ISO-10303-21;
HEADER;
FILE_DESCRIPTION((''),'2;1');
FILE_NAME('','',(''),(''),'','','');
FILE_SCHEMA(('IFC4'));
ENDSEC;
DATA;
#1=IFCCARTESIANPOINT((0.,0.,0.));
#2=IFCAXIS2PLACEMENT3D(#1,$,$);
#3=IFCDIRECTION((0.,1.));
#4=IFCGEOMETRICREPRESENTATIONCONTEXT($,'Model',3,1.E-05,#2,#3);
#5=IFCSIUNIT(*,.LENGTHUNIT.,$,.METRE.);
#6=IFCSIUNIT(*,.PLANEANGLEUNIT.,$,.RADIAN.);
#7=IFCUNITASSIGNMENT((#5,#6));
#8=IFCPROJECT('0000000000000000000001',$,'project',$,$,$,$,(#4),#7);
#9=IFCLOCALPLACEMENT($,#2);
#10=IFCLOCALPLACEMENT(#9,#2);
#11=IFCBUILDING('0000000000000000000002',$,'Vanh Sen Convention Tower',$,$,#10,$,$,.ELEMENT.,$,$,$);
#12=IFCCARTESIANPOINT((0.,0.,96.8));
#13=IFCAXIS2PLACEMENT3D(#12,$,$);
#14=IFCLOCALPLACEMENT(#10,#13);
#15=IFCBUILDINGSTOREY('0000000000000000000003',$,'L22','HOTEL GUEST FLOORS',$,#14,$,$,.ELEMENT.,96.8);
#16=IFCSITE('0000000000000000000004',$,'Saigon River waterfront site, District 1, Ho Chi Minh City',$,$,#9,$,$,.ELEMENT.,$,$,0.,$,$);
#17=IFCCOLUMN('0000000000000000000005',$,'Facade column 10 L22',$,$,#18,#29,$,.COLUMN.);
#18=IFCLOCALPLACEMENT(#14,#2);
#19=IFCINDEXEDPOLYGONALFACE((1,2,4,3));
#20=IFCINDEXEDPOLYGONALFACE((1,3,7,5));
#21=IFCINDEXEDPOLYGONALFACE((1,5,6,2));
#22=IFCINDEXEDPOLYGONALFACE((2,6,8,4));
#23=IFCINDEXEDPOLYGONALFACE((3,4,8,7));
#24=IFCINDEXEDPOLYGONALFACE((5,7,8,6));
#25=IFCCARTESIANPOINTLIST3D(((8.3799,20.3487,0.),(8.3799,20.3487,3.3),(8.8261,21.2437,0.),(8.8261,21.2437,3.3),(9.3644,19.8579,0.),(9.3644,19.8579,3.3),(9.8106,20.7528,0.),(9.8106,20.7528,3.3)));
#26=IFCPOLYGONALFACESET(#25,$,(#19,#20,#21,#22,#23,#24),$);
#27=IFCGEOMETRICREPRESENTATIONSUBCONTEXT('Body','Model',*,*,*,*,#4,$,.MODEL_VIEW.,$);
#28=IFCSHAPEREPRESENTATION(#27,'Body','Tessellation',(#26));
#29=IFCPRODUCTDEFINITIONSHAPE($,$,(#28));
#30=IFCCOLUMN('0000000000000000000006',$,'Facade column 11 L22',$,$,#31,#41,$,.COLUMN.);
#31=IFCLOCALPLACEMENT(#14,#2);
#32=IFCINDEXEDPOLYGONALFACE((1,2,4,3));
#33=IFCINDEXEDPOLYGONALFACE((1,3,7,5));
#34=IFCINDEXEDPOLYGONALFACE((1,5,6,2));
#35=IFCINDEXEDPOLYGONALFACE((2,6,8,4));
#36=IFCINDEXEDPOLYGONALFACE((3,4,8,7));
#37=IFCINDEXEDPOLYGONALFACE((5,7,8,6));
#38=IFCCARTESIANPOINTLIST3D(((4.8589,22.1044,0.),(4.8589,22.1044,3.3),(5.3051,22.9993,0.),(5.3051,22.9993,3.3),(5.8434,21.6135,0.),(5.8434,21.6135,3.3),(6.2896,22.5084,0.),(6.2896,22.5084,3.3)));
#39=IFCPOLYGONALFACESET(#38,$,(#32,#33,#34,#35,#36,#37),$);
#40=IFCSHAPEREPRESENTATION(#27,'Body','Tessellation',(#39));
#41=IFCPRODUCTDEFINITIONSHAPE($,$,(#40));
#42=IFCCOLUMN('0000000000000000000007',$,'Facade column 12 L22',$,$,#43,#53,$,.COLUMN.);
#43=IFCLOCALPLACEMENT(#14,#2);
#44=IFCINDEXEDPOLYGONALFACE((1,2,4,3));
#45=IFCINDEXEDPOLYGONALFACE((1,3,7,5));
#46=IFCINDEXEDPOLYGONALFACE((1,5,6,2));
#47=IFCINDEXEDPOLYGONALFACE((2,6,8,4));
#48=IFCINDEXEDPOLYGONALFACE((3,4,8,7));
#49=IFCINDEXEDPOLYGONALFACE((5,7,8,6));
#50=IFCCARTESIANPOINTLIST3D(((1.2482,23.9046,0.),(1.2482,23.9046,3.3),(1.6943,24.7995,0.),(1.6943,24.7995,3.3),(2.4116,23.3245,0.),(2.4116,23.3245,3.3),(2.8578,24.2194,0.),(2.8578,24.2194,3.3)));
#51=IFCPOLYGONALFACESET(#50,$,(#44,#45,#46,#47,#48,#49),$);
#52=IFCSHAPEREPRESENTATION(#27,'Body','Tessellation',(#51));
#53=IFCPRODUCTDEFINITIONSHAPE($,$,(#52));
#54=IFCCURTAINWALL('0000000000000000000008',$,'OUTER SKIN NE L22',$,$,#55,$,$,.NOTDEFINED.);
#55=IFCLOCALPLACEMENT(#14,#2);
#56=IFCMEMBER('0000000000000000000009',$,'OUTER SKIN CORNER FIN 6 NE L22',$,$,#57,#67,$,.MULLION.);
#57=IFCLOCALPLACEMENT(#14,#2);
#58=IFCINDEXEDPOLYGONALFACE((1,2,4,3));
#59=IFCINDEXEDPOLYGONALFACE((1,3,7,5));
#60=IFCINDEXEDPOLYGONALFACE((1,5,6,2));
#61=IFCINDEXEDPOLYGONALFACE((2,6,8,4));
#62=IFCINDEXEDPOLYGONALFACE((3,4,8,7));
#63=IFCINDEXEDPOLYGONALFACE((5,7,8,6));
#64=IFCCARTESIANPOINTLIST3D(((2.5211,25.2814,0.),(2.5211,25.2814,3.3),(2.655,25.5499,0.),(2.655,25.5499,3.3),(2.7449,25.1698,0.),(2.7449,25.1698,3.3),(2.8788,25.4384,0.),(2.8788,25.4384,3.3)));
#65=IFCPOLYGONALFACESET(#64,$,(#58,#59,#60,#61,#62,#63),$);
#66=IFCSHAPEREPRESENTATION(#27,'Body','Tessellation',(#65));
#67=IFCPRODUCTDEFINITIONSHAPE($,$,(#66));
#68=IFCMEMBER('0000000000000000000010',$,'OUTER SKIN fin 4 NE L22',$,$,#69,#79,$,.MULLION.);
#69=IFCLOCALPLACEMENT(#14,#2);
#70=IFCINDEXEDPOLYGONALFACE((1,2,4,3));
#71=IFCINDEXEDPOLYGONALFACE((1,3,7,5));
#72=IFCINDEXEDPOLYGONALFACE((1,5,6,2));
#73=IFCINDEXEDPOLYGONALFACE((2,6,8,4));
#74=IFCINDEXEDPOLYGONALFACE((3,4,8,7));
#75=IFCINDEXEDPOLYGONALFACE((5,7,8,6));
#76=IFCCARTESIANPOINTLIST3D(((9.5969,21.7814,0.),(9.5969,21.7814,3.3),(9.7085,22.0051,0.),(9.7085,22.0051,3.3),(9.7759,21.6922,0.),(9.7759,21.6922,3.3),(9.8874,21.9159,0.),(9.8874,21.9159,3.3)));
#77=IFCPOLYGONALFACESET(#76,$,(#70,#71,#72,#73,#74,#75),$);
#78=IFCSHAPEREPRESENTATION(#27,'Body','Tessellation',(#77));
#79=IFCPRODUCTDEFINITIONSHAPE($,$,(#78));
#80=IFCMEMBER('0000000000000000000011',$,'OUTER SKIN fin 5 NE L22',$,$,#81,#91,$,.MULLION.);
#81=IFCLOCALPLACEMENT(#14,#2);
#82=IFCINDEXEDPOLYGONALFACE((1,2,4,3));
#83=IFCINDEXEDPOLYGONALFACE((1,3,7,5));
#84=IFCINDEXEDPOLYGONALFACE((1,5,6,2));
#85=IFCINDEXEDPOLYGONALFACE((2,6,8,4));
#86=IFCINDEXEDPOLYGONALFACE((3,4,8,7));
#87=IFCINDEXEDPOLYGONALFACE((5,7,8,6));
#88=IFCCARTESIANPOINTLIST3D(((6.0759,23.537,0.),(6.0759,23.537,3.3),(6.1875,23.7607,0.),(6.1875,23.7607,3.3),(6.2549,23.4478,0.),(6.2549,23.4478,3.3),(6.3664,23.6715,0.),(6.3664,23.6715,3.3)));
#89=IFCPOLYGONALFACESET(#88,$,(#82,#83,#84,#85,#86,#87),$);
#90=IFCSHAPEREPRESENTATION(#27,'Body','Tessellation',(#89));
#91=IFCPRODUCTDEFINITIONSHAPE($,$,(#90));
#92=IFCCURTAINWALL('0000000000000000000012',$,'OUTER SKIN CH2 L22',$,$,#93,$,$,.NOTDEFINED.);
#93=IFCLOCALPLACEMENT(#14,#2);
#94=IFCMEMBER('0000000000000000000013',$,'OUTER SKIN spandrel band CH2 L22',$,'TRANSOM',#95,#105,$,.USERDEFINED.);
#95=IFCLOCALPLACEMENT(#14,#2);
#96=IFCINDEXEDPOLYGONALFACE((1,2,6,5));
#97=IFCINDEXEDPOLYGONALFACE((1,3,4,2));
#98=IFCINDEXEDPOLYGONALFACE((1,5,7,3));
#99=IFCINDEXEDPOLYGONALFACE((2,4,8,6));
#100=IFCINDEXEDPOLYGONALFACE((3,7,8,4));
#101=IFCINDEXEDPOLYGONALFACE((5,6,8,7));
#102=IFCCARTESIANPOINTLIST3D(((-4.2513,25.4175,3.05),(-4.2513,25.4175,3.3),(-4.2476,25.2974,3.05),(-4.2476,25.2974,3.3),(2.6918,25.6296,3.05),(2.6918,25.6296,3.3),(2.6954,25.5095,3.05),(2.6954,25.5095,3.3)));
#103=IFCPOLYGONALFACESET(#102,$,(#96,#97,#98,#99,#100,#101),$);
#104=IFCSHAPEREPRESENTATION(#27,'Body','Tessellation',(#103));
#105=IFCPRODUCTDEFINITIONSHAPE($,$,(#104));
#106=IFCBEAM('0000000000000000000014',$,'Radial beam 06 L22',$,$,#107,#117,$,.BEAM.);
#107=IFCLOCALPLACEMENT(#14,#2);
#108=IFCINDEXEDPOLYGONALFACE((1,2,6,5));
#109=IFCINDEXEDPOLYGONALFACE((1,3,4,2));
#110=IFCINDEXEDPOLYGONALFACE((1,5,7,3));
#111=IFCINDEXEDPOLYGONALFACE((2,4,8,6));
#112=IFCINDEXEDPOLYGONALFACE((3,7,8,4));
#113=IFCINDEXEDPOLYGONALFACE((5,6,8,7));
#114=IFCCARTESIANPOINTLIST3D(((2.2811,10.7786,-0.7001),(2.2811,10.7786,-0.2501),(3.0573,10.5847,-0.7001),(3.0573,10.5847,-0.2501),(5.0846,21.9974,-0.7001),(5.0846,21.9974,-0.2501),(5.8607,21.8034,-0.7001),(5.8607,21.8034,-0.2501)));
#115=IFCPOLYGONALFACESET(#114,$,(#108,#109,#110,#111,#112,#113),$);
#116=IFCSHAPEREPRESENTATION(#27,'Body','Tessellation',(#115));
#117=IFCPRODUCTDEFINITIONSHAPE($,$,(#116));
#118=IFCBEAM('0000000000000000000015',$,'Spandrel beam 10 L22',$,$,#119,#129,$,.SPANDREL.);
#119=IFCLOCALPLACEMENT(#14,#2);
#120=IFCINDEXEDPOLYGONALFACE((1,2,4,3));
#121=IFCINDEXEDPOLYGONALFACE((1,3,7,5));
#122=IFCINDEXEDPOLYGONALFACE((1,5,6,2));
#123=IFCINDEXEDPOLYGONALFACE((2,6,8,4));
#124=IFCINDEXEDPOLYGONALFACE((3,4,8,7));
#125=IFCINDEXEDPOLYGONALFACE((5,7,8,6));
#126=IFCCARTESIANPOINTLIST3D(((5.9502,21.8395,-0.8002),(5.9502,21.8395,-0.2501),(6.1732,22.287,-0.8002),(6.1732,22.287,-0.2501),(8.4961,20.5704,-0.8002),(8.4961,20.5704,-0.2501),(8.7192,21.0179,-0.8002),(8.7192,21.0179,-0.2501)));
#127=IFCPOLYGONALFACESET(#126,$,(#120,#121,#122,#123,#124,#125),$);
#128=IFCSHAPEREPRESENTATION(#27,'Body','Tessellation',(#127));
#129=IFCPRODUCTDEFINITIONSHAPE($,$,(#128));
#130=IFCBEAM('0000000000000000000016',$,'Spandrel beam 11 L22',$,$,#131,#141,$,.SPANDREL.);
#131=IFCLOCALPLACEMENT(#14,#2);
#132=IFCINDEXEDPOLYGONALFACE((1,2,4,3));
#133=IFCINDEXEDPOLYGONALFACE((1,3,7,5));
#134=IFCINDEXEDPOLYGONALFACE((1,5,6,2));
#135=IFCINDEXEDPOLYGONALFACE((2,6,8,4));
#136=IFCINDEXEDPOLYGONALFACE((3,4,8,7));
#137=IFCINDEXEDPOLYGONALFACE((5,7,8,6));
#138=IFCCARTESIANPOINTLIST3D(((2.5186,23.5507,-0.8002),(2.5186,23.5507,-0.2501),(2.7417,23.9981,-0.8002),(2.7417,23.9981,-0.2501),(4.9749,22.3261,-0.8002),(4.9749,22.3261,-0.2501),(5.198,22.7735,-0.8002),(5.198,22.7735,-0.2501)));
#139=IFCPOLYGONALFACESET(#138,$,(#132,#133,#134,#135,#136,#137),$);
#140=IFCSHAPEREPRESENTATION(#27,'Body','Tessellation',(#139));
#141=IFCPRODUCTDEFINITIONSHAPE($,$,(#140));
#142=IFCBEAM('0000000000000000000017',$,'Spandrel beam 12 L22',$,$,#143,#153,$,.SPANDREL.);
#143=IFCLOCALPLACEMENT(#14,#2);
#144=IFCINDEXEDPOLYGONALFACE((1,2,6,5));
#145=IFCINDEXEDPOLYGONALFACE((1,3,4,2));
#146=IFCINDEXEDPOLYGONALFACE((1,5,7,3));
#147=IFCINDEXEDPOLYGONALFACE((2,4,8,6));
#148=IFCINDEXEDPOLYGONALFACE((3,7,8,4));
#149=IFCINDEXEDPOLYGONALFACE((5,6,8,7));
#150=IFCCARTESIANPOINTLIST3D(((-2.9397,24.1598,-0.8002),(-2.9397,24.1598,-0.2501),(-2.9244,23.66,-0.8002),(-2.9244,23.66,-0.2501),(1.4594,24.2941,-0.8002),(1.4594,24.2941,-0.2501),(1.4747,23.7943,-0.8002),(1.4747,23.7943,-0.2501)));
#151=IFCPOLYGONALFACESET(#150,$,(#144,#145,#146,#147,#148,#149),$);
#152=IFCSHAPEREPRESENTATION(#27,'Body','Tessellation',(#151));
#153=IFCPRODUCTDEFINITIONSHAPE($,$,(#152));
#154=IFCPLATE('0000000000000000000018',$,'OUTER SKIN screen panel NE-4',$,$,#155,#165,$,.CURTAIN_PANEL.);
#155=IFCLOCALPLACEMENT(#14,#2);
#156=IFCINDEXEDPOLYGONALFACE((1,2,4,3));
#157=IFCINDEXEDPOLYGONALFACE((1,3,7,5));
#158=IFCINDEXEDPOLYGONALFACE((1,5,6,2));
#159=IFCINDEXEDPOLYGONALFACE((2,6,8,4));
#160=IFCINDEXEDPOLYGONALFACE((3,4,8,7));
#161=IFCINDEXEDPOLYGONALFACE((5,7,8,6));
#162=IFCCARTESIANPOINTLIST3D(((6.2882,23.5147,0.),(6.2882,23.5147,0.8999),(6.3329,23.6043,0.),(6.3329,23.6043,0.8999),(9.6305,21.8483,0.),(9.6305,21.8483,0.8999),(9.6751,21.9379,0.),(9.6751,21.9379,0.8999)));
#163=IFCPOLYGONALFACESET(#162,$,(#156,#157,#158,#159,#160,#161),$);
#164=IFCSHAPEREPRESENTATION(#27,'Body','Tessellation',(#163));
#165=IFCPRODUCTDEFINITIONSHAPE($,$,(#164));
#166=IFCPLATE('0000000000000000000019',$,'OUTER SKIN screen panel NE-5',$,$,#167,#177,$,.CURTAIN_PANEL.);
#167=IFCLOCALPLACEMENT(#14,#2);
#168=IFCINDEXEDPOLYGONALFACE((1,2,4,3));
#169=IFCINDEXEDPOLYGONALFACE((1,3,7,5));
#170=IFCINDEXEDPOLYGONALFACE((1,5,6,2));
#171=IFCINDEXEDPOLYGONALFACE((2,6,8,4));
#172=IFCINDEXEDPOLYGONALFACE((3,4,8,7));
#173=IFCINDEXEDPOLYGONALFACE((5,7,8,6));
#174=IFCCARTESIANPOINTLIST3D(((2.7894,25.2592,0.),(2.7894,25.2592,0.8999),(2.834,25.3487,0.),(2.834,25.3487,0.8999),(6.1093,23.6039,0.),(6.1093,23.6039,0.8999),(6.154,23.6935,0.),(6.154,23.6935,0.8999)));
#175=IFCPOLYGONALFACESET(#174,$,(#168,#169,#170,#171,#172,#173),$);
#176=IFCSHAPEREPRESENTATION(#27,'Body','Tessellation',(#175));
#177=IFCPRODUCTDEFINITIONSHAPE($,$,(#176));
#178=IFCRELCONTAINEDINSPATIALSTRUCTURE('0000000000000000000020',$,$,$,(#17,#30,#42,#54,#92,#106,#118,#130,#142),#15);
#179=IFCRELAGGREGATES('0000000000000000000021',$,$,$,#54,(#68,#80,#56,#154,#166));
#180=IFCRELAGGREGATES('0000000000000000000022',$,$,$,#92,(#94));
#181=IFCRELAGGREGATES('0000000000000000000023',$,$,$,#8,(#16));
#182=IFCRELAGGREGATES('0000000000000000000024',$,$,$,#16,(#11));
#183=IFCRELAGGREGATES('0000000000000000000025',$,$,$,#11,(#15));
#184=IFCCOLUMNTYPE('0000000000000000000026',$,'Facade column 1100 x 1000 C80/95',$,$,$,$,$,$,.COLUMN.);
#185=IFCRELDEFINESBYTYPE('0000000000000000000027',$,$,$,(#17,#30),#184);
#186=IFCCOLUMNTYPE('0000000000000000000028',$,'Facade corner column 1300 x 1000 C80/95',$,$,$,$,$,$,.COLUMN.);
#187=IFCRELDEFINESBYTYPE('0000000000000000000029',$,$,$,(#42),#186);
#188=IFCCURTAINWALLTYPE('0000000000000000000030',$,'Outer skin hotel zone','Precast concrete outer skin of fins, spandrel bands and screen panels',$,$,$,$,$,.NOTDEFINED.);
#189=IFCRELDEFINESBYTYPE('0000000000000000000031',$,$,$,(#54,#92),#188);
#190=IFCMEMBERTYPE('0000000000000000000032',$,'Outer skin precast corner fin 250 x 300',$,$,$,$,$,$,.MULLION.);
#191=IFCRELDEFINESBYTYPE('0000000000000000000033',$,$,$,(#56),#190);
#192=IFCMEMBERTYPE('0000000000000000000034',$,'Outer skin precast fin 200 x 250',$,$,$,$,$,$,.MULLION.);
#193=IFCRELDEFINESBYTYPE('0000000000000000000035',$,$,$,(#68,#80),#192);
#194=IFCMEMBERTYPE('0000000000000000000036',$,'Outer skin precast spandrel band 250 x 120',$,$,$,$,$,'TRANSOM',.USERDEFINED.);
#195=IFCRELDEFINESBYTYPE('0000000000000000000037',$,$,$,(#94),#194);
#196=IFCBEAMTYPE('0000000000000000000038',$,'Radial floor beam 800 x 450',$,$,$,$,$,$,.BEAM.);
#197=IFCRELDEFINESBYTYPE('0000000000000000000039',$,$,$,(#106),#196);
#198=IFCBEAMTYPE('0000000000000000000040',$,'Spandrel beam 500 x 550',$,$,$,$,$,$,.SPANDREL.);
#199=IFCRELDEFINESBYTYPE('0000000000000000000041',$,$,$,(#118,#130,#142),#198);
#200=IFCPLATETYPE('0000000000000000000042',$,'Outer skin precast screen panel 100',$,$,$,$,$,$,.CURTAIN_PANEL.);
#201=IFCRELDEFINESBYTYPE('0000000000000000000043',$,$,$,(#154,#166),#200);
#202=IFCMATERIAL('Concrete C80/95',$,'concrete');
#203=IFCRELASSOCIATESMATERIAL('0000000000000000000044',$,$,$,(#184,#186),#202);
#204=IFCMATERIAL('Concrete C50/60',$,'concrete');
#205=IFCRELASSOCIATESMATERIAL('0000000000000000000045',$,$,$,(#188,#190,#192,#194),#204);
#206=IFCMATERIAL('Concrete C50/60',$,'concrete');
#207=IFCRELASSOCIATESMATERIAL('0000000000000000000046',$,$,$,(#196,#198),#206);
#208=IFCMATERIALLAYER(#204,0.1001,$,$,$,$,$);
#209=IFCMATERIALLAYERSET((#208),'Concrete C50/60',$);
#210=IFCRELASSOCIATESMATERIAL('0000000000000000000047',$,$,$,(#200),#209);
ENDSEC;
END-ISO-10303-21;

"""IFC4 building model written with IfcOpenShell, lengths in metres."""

from ifc_helpers import new_model, si_unit, direction, frame, origin, origin_2d, place, context, subcontext, project, spatial, rectangle, extrude, material, layer, layer_set, material_profile, profile_set, type_object, element, aggregate, save


model = new_model("IFC4")

# Units and contexts
model_context = context("Model", 3, precision=1e-05, world=origin(), true_north=direction((0.0, 1.0)))
body_context = subcontext(model_context, "Body", "Model", "MODEL_VIEW")
ifc_project = project(units=[si_unit("LENGTHUNIT", "METRE"), si_unit("PLANEANGLEUNIT", "RADIAN")], contexts=[model_context])

# Site, building, storey
site_placement = place(None, origin())
site = spatial("IfcSite", under=ifc_project, at=site_placement, Name="Saigon River waterfront site, District 1, Ho Chi Minh City", CompositionType="ELEMENT", RefElevation=0.0)
building_placement = place(site_placement, origin())
building = spatial("IfcBuilding", under=site, at=building_placement, Name="Vanh Sen Convention Tower", CompositionType="ELEMENT")
storey_placement = place(building_placement, frame((0.0, 0.0, 96.8)))
storey = spatial("IfcBuildingStorey", under=building, at=storey_placement, Name="L22", Description="HOTEL GUEST FLOORS", CompositionType="ELEMENT", Elevation=96.8)

# Columns
ifc_material_1 = material(Name="Concrete C80/95", Category="concrete")
ifc_material_profile_1 = material_profile(ifc_material_1, rectangle(XDim=1.1001, YDim=1.0, at=origin_2d()), Name="RC 1100X1000")
ifc_profile_set_1 = profile_set([ifc_material_profile_1], Name="Concrete C80/95")
column_type_1 = type_object("IfcColumnType", Name="Facade column 1100 x 1000 C80/95", PredefinedType="COLUMN", material=ifc_profile_set_1)
for number, where, z_axis, x_axis, name in (
    (1, (9.0952, 20.5508, 0.0), (0.0, 0.0, 1.0), (-0.894934, 0.446198, 0.0), "Facade column 10 L22"),
    (2, (5.5742, 22.3064, 0.0), (0.0, 0.0, 1.0), (-0.894934, 0.446198, 0.0), "Facade column 11 L22"),
):
    element("IfcColumn", number, at=place(storey_placement, frame(where, z_axis=z_axis, x_axis=x_axis)), inside=storey, type_object=column_type_1, Name=name, PredefinedType="COLUMN", context=body_context, shape_type="SweptSolid", body=[
        extrude(rectangle(XDim=1.1001, YDim=1.0, at=origin_2d()), origin(), (0.0, 0.0, 1.0), 3.3),
    ])
ifc_material_profile_2 = material_profile(ifc_material_1, rectangle(XDim=1.3, YDim=1.0, at=origin_2d()), Name="RC 1300X1000")
ifc_profile_set_2 = profile_set([ifc_material_profile_2], Name="Concrete C80/95")
column_type_2 = type_object("IfcColumnType", Name="Facade corner column 1300 x 1000 C80/95", PredefinedType="COLUMN", material=ifc_profile_set_2)
column_placement = place(storey_placement, frame((2.053, 24.062, 0.0), z_axis=(0.0, 0.0, 1.0), x_axis=(-0.894934, 0.446198, 0.0)))
element("IfcColumn", 3, at=column_placement, inside=storey, type_object=column_type_2, Name="Facade column 12 L22", PredefinedType="COLUMN", context=body_context, shape_type="SweptSolid", body=[
    extrude(rectangle(XDim=1.3, YDim=1.0, at=origin_2d()), origin(), (0.0, 0.0, 1.0), 3.3),
])

# Curtain wall, members
ifc_material_2 = material(Name="Concrete C50/60", Category="concrete")
curtain_wall_type = type_object("IfcCurtainWallType", Name="Outer skin hotel zone", Description="Precast concrete outer skin of fins, spandrel bands and screen panels", PredefinedType="NOTDEFINED", material=ifc_material_2)
curtain_wall_1_placement = place(storey_placement, origin())
curtain_wall_1 = element("IfcCurtainWall", 4, at=curtain_wall_1_placement, inside=storey, type_object=curtain_wall_type, Name="OUTER SKIN NE L22", PredefinedType="NOTDEFINED")
ifc_material_profile_3 = material_profile(ifc_material_2, rectangle(XDim=0.25, YDim=0.3, at=origin_2d()), Name="Outer skin precast corner fin 250 x 300")
ifc_profile_set_3 = profile_set([ifc_material_profile_3], Name="Concrete C50/60")
member_type_1 = type_object("IfcMemberType", Name="Outer skin precast corner fin 250 x 300", PredefinedType="MULLION", material=ifc_profile_set_3)
member_1_placement = place(storey_placement, frame((2.7, 25.3599, 0.0), z_axis=(0.0, 0.0, 1.0), x_axis=(-0.894934, 0.446198, 0.0)))
member_1 = element("IfcMember", 5, at=member_1_placement, type_object=member_type_1, Name="OUTER SKIN CORNER FIN 6 NE L22", PredefinedType="MULLION", context=body_context, shape_type="SweptSolid", body=[
    extrude(rectangle(XDim=0.25, YDim=0.3, at=origin_2d()), origin(), (0.0, 0.0, 1.0), 3.3),
])
ifc_material_profile_4 = material_profile(ifc_material_2, rectangle(XDim=0.2, YDim=0.25, at=origin_2d()), Name="Outer skin precast fin 200 x 250")
ifc_profile_set_4 = profile_set([ifc_material_profile_4], Name="Concrete C50/60")
member_type_2 = type_object("IfcMemberType", Name="Outer skin precast fin 200 x 250", PredefinedType="MULLION", material=ifc_profile_set_4)
member_2_placement = place(storey_placement, frame((9.7422, 21.8486, 0.0), z_axis=(0.0, 0.0, 1.0), x_axis=(-0.894934, 0.446198, 0.0)))
member_2 = element("IfcMember", 6, at=member_2_placement, type_object=member_type_2, Name="OUTER SKIN fin 4 NE L22", PredefinedType="MULLION", context=body_context, shape_type="SweptSolid", body=[
    extrude(rectangle(XDim=0.2, YDim=0.25, at=origin_2d()), origin(), (0.0, 0.0, 1.0), 3.3),
])
member_3_placement = place(storey_placement, frame((6.2212, 23.6042, 0.0), z_axis=(0.0, 0.0, 1.0), x_axis=(-0.894934, 0.446198, 0.0)))
member_3 = element("IfcMember", 7, at=member_3_placement, type_object=member_type_2, Name="OUTER SKIN fin 5 NE L22", PredefinedType="MULLION", context=body_context, shape_type="SweptSolid", body=[
    extrude(rectangle(XDim=0.2, YDim=0.25, at=origin_2d()), origin(), (0.0, 0.0, 1.0), 3.3),
])

# Curtain wall, member
curtain_wall_2_placement = place(storey_placement, origin())
curtain_wall_2 = element("IfcCurtainWall", 8, at=curtain_wall_2_placement, inside=storey, type_object=curtain_wall_type, Name="OUTER SKIN CH2 L22", PredefinedType="NOTDEFINED")
ifc_material_profile_5 = material_profile(ifc_material_2, rectangle(XDim=0.1201, YDim=0.25, at=origin_2d()), Name="Outer skin precast spandrel band 250 x 120")
ifc_profile_set_5 = profile_set([ifc_material_profile_5], Name="Concrete C50/60")
member_type_3 = type_object("IfcMemberType", Name="Outer skin precast spandrel band 250 x 120", ElementType="TRANSOM", PredefinedType="USERDEFINED", material=ifc_profile_set_5)
member_4_placement = place(storey_placement, frame((2.6936, 25.5696, 3.175), z_axis=(-0.999533, -0.030542, 0.0), x_axis=(0.030542, -0.999533, 0.0)))
member_4 = element("IfcMember", 9, at=member_4_placement, type_object=member_type_3, Name="OUTER SKIN spandrel band CH2 L22", ObjectType="TRANSOM", PredefinedType="USERDEFINED", context=body_context, shape_type="SweptSolid", body=[
    extrude(rectangle(XDim=0.1201, YDim=0.25, at=origin_2d()), origin(), (0.0, 0.0, 1.0), 6.9463),
])

# Beams
ifc_material_3 = material(Name="Concrete C50/60", Category="concrete")
ifc_material_profile_6 = material_profile(ifc_material_3, rectangle(XDim=0.8, YDim=0.45, at=origin_2d()), Name="RC 800X450")
ifc_profile_set_6 = profile_set([ifc_material_profile_6], Name="Concrete C50/60")
beam_type_1 = type_object("IfcBeamType", Name="Radial floor beam 800 x 450", PredefinedType="BEAM", material=ifc_profile_set_6)
beam_1_placement = place(storey_placement, frame((5.4727, 21.9004, -0.4751), z_axis=(-0.242436, -0.970167, 0.0), x_axis=(0.970167, -0.242436, 0.0)))
element("IfcBeam", 10, at=beam_1_placement, inside=storey, type_object=beam_type_1, Name="Radial beam 06 L22", PredefinedType="BEAM", context=body_context, shape_type="SweptSolid", body=[
    extrude(rectangle(XDim=0.8, YDim=0.45, at=origin_2d()), origin(), (0.0, 0.0, 1.0), 11.5637),
])
ifc_material_profile_7 = material_profile(ifc_material_3, rectangle(XDim=0.5, YDim=0.55, at=origin_2d()), Name="RC 500X550")
ifc_profile_set_7 = profile_set([ifc_material_profile_7], Name="Concrete C50/60")
beam_type_2 = type_object("IfcBeamType", Name="Spandrel beam 500 x 550", PredefinedType="SPANDREL", material=ifc_profile_set_7)
beam_2_placement = place(storey_placement, frame((8.6077, 20.7942, -0.5251), z_axis=(-0.894976, 0.446115, 0.0), x_axis=(-0.446115, -0.894976, 0.0)))
element("IfcBeam", 11, at=beam_2_placement, inside=storey, type_object=beam_type_2, Name="Spandrel beam 10 L22", PredefinedType="SPANDREL", context=body_context, shape_type="SweptSolid", body=[
    extrude(rectangle(XDim=0.5, YDim=0.55, at=origin_2d()), origin(), (0.0, 0.0, 1.0), 2.8447),
])
beam_3_placement = place(storey_placement, frame((5.0864, 22.5498, -0.5251), z_axis=(-0.894943, 0.446181, 0.0), x_axis=(-0.446181, -0.894943, 0.0)))
element("IfcBeam", 12, at=beam_3_placement, inside=storey, type_object=beam_type_2, Name="Spandrel beam 11 L22", PredefinedType="SPANDREL", context=body_context, shape_type="SweptSolid", body=[
    extrude(rectangle(XDim=0.5, YDim=0.55, at=origin_2d()), origin(), (0.0, 0.0, 1.0), 2.7446),
])
beam_4_placement = place(storey_placement, frame((1.467, 24.0442, -0.5251), z_axis=(-0.999534, -0.030509, 0.0), x_axis=(0.030509, -0.999534, 0.0)))
element("IfcBeam", 13, at=beam_4_placement, inside=storey, type_object=beam_type_2, Name="Spandrel beam 12 L22", PredefinedType="SPANDREL", context=body_context, shape_type="SweptSolid", body=[
    extrude(rectangle(XDim=0.5, YDim=0.55, at=origin_2d()), origin(), (0.0, 0.0, 1.0), 4.4011),
])

# Plates
ifc_layer_1 = layer(ifc_material_2, 0.1001)
ifc_layer_set_1 = layer_set([ifc_layer_1], Name="Concrete C50/60")
plate_type = type_object("IfcPlateType", Name="Outer skin precast screen panel 100", PredefinedType="CURTAIN_PANEL", material=ifc_layer_set_1)
plate_1_placement = place(storey_placement, frame((7.9817, 22.7263, 0.0), z_axis=(0.0, 0.0, 1.0), x_axis=(-0.894935, 0.446196, 0.0)))
plate_1 = element("IfcPlate", 14, at=plate_1_placement, type_object=plate_type, Name="OUTER SKIN screen panel NE-4", PredefinedType="CURTAIN_PANEL", context=body_context, shape_type="SweptSolid", body=[
    extrude(rectangle(XDim=3.7346, YDim=0.1001, at=origin_2d()), origin(), (0.0, 0.0, 1.0), 0.8999),
])
plate_2_placement = place(storey_placement, frame((4.4717, 24.4763, 0.0), z_axis=(0.0, 0.0, 1.0), x_axis=(-0.894935, 0.446196, 0.0)))
plate_2 = element("IfcPlate", 15, at=plate_2_placement, type_object=plate_type, Name="OUTER SKIN screen panel NE-5", PredefinedType="CURTAIN_PANEL", context=body_context, shape_type="SweptSolid", body=[
    extrude(rectangle(XDim=3.7097, YDim=0.1001, at=origin_2d()), origin(), (0.0, 0.0, 1.0), 0.8999),
])
aggregate(curtain_wall_1, [member_2, member_3, member_1, plate_1, plate_2])
aggregate(curtain_wall_2, [member_4])

save(model, "model.ifc")
